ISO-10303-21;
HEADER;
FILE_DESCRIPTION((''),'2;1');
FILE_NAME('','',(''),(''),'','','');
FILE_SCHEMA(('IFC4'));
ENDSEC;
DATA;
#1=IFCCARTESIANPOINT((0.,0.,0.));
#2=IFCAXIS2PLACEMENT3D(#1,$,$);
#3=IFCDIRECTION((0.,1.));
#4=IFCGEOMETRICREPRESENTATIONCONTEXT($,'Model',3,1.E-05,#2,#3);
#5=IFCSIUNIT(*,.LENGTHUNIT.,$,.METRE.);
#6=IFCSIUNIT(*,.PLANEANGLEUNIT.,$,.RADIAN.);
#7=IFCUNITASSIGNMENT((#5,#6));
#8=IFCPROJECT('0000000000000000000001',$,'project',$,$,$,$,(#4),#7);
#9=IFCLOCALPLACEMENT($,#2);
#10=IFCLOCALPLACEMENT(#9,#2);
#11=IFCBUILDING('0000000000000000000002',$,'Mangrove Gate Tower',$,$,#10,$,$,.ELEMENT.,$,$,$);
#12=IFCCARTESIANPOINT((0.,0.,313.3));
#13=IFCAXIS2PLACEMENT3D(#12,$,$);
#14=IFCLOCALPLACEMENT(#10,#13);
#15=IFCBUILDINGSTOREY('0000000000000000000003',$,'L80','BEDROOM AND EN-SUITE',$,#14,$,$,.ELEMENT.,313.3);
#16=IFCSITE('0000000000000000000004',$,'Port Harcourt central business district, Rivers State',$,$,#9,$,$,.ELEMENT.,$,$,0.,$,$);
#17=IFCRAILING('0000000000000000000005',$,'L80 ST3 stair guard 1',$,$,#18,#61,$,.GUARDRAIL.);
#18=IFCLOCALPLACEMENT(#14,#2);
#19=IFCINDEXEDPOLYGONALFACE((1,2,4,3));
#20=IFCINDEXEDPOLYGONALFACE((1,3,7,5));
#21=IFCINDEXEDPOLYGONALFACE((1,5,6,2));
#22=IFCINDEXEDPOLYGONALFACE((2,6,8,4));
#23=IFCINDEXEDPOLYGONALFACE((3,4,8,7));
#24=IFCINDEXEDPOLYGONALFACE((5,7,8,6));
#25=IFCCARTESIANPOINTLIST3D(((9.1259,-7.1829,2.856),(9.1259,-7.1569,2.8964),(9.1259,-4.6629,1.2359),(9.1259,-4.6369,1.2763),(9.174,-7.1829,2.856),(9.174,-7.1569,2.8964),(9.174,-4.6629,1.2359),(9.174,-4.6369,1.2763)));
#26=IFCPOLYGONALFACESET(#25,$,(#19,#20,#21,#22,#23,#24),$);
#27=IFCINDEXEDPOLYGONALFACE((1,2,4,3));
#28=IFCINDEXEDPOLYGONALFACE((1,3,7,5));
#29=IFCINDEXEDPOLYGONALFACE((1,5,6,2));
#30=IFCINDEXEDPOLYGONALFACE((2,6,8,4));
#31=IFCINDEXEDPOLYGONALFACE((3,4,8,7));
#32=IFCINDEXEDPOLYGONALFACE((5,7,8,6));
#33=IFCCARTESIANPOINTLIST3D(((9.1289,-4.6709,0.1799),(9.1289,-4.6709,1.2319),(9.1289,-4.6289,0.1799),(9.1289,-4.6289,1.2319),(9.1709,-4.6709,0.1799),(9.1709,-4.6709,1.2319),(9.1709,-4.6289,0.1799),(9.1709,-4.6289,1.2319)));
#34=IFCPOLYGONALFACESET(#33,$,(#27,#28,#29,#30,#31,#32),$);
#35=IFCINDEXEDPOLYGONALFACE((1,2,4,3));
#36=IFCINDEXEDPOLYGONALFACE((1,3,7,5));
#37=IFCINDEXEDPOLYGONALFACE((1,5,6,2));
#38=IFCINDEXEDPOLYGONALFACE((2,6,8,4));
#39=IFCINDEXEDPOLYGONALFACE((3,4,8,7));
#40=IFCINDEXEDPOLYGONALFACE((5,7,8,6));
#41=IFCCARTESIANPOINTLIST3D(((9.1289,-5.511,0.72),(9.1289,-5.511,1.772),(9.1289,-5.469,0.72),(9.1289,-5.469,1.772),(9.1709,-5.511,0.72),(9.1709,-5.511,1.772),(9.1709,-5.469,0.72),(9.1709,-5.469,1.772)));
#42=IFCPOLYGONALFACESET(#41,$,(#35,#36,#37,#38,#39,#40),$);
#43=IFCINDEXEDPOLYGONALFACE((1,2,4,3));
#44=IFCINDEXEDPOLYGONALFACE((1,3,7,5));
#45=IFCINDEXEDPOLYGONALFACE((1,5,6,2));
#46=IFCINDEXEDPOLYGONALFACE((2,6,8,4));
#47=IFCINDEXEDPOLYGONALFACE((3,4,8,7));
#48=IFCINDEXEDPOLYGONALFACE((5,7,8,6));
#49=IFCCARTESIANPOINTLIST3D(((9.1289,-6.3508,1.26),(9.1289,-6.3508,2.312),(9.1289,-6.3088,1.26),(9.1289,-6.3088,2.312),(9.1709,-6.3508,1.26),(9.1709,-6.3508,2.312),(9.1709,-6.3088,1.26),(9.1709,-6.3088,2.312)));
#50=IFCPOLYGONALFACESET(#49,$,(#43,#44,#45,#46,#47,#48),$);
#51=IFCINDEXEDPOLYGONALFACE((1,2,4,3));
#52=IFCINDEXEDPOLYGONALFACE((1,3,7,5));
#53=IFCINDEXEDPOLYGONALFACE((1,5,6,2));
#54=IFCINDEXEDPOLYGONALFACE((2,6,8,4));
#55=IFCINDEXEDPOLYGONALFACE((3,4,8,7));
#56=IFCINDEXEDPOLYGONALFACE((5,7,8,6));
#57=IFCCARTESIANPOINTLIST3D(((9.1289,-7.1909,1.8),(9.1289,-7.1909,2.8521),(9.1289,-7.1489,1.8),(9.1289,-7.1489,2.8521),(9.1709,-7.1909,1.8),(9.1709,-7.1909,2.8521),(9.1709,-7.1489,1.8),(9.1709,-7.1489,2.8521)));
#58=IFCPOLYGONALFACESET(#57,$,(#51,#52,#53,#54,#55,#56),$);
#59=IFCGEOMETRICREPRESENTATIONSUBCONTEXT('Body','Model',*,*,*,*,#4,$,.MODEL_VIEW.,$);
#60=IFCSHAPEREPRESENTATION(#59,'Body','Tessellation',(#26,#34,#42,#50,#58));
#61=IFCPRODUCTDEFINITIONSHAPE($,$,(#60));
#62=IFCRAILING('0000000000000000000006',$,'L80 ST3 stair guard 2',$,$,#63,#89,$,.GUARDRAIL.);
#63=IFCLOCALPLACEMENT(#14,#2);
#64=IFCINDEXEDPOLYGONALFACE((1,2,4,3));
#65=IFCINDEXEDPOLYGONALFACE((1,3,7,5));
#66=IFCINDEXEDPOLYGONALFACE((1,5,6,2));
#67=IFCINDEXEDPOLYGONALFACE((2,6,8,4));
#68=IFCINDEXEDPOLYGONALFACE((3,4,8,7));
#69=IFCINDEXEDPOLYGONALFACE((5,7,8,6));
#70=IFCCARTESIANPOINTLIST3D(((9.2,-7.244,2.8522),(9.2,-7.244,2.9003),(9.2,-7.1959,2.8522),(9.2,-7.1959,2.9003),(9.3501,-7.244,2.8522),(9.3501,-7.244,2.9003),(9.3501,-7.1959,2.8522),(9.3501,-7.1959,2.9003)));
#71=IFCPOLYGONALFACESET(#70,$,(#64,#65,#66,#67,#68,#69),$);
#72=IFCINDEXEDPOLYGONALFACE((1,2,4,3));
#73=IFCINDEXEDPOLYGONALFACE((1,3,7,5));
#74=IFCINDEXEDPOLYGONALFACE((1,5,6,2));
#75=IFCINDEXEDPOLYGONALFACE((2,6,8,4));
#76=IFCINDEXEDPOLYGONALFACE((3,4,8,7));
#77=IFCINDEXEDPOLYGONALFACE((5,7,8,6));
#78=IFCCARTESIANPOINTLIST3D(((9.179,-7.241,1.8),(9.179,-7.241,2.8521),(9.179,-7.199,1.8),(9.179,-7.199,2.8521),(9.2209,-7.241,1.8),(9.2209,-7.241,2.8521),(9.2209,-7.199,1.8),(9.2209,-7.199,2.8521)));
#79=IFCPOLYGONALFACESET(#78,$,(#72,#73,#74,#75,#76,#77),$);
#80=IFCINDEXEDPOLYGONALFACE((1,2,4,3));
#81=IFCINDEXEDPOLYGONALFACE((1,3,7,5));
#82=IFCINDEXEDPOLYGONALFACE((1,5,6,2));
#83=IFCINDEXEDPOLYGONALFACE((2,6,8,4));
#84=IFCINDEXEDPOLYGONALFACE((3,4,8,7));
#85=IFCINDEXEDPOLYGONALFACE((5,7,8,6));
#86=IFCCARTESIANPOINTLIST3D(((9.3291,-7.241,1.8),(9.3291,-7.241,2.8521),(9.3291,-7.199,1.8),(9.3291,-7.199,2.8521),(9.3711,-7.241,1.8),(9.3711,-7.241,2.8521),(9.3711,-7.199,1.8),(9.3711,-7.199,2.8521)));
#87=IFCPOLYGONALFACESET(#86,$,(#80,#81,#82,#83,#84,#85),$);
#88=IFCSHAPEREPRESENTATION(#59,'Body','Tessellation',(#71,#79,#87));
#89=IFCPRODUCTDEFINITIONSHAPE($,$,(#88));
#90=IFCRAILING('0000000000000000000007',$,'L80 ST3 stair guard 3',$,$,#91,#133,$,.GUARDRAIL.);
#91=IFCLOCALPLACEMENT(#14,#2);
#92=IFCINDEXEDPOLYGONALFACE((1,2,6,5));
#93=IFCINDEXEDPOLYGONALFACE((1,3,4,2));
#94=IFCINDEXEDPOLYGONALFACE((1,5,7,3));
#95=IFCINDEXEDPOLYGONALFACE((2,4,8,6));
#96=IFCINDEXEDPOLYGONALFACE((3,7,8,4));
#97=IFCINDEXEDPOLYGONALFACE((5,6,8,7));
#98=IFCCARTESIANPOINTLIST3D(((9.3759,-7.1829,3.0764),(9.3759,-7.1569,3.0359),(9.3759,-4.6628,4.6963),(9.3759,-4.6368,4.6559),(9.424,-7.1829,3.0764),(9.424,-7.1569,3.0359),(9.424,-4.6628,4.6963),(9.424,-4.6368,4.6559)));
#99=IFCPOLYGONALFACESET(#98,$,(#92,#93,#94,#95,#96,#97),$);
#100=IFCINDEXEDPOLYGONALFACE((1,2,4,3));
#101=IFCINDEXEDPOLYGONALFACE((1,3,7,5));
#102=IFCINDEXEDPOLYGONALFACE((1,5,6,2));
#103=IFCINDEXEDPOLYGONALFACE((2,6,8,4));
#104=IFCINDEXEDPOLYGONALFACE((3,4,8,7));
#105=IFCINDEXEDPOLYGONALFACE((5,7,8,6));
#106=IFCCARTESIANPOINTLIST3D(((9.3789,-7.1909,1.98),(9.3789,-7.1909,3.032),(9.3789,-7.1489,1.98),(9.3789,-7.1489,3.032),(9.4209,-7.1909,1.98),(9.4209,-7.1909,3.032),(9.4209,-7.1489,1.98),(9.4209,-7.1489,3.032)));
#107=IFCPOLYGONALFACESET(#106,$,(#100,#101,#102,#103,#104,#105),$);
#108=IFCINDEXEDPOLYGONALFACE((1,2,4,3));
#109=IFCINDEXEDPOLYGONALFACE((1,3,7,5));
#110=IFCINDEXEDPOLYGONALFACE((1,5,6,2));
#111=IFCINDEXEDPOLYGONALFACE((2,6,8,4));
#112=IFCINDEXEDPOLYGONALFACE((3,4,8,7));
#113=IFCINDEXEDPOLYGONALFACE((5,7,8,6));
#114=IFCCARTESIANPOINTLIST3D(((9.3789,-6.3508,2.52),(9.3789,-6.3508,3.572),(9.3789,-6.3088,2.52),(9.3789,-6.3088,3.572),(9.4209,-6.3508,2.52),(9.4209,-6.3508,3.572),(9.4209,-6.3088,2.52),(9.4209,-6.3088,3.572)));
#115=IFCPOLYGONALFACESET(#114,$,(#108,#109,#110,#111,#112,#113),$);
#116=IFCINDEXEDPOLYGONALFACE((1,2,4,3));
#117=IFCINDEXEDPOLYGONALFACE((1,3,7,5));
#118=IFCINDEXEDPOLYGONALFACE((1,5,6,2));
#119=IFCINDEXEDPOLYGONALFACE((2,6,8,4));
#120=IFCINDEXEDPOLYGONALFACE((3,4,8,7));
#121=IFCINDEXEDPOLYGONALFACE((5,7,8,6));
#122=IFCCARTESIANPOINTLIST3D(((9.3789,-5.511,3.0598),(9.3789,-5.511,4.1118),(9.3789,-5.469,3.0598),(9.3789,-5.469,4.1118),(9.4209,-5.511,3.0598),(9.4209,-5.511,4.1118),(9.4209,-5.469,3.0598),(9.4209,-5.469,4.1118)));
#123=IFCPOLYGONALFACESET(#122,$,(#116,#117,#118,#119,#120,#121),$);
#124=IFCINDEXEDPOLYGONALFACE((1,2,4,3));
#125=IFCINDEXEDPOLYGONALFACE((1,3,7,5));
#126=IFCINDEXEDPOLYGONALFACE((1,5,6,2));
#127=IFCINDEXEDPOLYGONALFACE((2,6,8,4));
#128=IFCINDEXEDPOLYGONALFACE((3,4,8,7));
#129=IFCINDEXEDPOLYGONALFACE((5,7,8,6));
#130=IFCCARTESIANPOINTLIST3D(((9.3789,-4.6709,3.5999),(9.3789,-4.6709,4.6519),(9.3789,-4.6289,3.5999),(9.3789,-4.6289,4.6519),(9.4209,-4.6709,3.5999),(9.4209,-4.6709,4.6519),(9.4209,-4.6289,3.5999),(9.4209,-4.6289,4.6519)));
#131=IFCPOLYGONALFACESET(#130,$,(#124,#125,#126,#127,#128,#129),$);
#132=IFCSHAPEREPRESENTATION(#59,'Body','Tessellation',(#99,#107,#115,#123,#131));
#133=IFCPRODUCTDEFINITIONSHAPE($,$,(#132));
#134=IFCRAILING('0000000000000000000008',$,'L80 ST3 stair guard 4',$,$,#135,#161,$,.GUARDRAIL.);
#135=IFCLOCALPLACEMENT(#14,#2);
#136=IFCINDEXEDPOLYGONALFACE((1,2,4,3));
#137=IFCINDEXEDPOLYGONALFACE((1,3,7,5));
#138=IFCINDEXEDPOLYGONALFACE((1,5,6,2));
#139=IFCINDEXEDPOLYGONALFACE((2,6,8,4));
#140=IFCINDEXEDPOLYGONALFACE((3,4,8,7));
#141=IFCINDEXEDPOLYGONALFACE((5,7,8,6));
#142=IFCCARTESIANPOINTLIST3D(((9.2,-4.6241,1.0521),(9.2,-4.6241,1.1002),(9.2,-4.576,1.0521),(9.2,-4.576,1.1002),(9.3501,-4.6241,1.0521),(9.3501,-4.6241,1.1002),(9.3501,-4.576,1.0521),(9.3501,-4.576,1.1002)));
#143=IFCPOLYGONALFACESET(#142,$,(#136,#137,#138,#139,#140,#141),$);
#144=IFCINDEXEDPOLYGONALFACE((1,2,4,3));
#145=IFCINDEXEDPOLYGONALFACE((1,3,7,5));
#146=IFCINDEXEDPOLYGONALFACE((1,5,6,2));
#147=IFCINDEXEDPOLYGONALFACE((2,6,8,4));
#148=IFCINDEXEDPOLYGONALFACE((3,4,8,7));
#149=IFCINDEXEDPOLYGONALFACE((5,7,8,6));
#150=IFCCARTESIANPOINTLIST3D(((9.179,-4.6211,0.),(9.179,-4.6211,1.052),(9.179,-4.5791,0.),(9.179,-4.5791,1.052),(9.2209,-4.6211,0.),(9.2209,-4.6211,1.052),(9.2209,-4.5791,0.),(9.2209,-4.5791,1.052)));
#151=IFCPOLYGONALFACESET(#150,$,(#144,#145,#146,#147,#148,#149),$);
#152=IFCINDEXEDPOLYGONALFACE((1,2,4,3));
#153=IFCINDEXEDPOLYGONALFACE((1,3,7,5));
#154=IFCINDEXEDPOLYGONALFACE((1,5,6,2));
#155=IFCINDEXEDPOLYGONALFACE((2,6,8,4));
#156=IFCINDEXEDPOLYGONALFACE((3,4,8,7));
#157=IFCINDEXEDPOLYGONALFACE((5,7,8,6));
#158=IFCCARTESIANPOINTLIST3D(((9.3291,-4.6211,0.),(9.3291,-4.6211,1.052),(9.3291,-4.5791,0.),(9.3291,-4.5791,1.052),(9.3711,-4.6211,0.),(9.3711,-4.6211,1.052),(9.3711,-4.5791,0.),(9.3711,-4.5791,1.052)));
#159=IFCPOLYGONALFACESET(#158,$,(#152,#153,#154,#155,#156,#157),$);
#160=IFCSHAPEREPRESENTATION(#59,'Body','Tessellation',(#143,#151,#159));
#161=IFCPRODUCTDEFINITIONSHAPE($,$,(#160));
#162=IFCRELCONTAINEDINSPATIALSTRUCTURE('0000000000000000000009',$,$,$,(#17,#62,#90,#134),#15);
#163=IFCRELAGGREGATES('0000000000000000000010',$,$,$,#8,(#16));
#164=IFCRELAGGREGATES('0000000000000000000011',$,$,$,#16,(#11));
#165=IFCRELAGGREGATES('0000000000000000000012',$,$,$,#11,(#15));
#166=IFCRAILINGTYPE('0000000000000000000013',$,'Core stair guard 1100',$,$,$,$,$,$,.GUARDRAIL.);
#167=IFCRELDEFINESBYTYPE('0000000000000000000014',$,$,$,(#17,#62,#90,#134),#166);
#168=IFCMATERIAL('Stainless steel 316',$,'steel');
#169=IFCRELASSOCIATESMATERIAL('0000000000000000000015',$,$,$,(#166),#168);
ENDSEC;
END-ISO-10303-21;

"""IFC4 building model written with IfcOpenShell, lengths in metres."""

from ifc_helpers import new_model, si_unit, direction, frame, origin, origin_2d, place, context, subcontext, project, spatial, rectangle, extrude, material, type_object, element, save


model = new_model("IFC4")

# Units and contexts
model_context = context("Model", 3, precision=1e-05, world=origin(), true_north=direction((0.0, 1.0)))
body_context = subcontext(model_context, "Body", "Model", "MODEL_VIEW")
ifc_project = project(units=[si_unit("LENGTHUNIT", "METRE"), si_unit("PLANEANGLEUNIT", "RADIAN")], contexts=[model_context])

# Site, building, storey
site_placement = place(None, origin())
site = spatial("IfcSite", under=ifc_project, at=site_placement, Name="Port Harcourt central business district, Rivers State", CompositionType="ELEMENT", RefElevation=0.0)
building_placement = place(site_placement, origin())
building = spatial("IfcBuilding", under=site, at=building_placement, Name="Mangrove Gate Tower", CompositionType="ELEMENT")
storey_placement = place(building_placement, frame((0.0, 0.0, 313.3)))
storey = spatial("IfcBuildingStorey", under=building, at=storey_placement, Name="L80", Description="BEDROOM AND EN-SUITE", CompositionType="ELEMENT", Elevation=313.3)

# Railings
ifc_material_1 = material(Name="Stainless steel 316", Category="steel")
railing_type_1 = type_object("IfcRailingType", Name="Core stair guard 1100", PredefinedType="GUARDRAIL", material=ifc_material_1)
railing_1_placement = place(storey_placement, frame((9.1499, -4.6499, 0.1799)))
element("IfcRailing", 1, at=railing_1_placement, inside=storey, type_object=railing_type_1, Name="L80 ST3 stair guard 1", PredefinedType="GUARDRAIL", context=body_context, shape_type="SweptSolid", body=[
    extrude(rectangle(XDim=0.0481, YDim=0.0481, at=origin_2d()), frame((0.0, 0.0, 1.0762), z_axis=(0.0, -0.841163, 0.540782), x_axis=(1.0, 0.0, 0.0)), (0.0, 0.0, 1.0), 2.9958),
    extrude(rectangle(XDim=0.042, YDim=0.042, at=origin_2d()), origin(), (0.0, 0.0, 1.0), 1.052),
    extrude(rectangle(XDim=0.042, YDim=0.042, at=origin_2d()), frame((0.0, -0.8401, 0.54)), (0.0, 0.0, 1.0), 1.052),
    extrude(rectangle(XDim=0.042, YDim=0.042, at=origin_2d()), frame((0.0, -1.6799, 1.0801)), (0.0, 0.0, 1.0), 1.052),
    extrude(rectangle(XDim=0.042, YDim=0.042, at=origin_2d()), frame((0.0, -2.52, 1.6201)), (0.0, 0.0, 1.0), 1.052),
])
railing_2_placement = place(storey_placement, frame((9.2, -7.22, 1.8)))
element("IfcRailing", 2, at=railing_2_placement, inside=storey, type_object=railing_type_1, Name="L80 ST3 stair guard 2", PredefinedType="GUARDRAIL", context=body_context, shape_type="SweptSolid", body=[
    extrude(rectangle(XDim=0.0481, YDim=0.0481, at=origin_2d()), frame((0.0, 0.0, 1.0762), z_axis=(1.0, 0.0, 0.0), x_axis=(0.0, 1.0, 0.0)), (0.0, 0.0, 1.0), 0.1501),
    extrude(rectangle(XDim=0.042, YDim=0.042, at=origin_2d()), origin(), (0.0, 0.0, 1.0), 1.052),
    extrude(rectangle(XDim=0.042, YDim=0.042, at=origin_2d()), frame((0.1501, 0.0, 0.0)), (0.0, 0.0, 1.0), 1.052),
])
railing_3_placement = place(storey_placement, frame((9.3999, -7.1699, 1.98)))
element("IfcRailing", 3, at=railing_3_placement, inside=storey, type_object=railing_type_1, Name="L80 ST3 stair guard 3", PredefinedType="GUARDRAIL", context=body_context, shape_type="SweptSolid", body=[
    extrude(rectangle(XDim=0.0481, YDim=0.0481, at=origin_2d()), frame((0.0, 0.0, 1.0762), z_axis=(0.0, 0.8412, 0.540725), x_axis=(-1.0, 0.0, 0.0)), (0.0, 0.0, 1.0), 2.9958),
    extrude(rectangle(XDim=0.042, YDim=0.042, at=origin_2d()), origin(), (0.0, 0.0, 1.0), 1.052),
    extrude(rectangle(XDim=0.042, YDim=0.042, at=origin_2d()), frame((0.0, 0.8401, 0.54)), (0.0, 0.0, 1.0), 1.052),
    extrude(rectangle(XDim=0.042, YDim=0.042, at=origin_2d()), frame((0.0, 1.6799, 1.0798)), (0.0, 0.0, 1.0), 1.052),
    extrude(rectangle(XDim=0.042, YDim=0.042, at=origin_2d()), frame((0.0, 2.52, 1.6199)), (0.0, 0.0, 1.0), 1.052),
])
railing_4_placement = place(storey_placement, frame((9.2, -4.6001, 0.0)))
element("IfcRailing", 4, at=railing_4_placement, inside=storey, type_object=railing_type_1, Name="L80 ST3 stair guard 4", PredefinedType="GUARDRAIL", context=body_context, shape_type="SweptSolid", body=[
    extrude(rectangle(XDim=0.0481, YDim=0.0481, at=origin_2d()), frame((0.0, 0.0, 1.0762), z_axis=(1.0, 0.0, 0.0), x_axis=(0.0, 1.0, 0.0)), (0.0, 0.0, 1.0), 0.1501),
    extrude(rectangle(XDim=0.042, YDim=0.042, at=origin_2d()), origin(), (0.0, 0.0, 1.0), 1.052),
    extrude(rectangle(XDim=0.042, YDim=0.042, at=origin_2d()), frame((0.1501, 0.0, 0.0)), (0.0, 0.0, 1.0), 1.052),
])

save(model, "model.ifc")
